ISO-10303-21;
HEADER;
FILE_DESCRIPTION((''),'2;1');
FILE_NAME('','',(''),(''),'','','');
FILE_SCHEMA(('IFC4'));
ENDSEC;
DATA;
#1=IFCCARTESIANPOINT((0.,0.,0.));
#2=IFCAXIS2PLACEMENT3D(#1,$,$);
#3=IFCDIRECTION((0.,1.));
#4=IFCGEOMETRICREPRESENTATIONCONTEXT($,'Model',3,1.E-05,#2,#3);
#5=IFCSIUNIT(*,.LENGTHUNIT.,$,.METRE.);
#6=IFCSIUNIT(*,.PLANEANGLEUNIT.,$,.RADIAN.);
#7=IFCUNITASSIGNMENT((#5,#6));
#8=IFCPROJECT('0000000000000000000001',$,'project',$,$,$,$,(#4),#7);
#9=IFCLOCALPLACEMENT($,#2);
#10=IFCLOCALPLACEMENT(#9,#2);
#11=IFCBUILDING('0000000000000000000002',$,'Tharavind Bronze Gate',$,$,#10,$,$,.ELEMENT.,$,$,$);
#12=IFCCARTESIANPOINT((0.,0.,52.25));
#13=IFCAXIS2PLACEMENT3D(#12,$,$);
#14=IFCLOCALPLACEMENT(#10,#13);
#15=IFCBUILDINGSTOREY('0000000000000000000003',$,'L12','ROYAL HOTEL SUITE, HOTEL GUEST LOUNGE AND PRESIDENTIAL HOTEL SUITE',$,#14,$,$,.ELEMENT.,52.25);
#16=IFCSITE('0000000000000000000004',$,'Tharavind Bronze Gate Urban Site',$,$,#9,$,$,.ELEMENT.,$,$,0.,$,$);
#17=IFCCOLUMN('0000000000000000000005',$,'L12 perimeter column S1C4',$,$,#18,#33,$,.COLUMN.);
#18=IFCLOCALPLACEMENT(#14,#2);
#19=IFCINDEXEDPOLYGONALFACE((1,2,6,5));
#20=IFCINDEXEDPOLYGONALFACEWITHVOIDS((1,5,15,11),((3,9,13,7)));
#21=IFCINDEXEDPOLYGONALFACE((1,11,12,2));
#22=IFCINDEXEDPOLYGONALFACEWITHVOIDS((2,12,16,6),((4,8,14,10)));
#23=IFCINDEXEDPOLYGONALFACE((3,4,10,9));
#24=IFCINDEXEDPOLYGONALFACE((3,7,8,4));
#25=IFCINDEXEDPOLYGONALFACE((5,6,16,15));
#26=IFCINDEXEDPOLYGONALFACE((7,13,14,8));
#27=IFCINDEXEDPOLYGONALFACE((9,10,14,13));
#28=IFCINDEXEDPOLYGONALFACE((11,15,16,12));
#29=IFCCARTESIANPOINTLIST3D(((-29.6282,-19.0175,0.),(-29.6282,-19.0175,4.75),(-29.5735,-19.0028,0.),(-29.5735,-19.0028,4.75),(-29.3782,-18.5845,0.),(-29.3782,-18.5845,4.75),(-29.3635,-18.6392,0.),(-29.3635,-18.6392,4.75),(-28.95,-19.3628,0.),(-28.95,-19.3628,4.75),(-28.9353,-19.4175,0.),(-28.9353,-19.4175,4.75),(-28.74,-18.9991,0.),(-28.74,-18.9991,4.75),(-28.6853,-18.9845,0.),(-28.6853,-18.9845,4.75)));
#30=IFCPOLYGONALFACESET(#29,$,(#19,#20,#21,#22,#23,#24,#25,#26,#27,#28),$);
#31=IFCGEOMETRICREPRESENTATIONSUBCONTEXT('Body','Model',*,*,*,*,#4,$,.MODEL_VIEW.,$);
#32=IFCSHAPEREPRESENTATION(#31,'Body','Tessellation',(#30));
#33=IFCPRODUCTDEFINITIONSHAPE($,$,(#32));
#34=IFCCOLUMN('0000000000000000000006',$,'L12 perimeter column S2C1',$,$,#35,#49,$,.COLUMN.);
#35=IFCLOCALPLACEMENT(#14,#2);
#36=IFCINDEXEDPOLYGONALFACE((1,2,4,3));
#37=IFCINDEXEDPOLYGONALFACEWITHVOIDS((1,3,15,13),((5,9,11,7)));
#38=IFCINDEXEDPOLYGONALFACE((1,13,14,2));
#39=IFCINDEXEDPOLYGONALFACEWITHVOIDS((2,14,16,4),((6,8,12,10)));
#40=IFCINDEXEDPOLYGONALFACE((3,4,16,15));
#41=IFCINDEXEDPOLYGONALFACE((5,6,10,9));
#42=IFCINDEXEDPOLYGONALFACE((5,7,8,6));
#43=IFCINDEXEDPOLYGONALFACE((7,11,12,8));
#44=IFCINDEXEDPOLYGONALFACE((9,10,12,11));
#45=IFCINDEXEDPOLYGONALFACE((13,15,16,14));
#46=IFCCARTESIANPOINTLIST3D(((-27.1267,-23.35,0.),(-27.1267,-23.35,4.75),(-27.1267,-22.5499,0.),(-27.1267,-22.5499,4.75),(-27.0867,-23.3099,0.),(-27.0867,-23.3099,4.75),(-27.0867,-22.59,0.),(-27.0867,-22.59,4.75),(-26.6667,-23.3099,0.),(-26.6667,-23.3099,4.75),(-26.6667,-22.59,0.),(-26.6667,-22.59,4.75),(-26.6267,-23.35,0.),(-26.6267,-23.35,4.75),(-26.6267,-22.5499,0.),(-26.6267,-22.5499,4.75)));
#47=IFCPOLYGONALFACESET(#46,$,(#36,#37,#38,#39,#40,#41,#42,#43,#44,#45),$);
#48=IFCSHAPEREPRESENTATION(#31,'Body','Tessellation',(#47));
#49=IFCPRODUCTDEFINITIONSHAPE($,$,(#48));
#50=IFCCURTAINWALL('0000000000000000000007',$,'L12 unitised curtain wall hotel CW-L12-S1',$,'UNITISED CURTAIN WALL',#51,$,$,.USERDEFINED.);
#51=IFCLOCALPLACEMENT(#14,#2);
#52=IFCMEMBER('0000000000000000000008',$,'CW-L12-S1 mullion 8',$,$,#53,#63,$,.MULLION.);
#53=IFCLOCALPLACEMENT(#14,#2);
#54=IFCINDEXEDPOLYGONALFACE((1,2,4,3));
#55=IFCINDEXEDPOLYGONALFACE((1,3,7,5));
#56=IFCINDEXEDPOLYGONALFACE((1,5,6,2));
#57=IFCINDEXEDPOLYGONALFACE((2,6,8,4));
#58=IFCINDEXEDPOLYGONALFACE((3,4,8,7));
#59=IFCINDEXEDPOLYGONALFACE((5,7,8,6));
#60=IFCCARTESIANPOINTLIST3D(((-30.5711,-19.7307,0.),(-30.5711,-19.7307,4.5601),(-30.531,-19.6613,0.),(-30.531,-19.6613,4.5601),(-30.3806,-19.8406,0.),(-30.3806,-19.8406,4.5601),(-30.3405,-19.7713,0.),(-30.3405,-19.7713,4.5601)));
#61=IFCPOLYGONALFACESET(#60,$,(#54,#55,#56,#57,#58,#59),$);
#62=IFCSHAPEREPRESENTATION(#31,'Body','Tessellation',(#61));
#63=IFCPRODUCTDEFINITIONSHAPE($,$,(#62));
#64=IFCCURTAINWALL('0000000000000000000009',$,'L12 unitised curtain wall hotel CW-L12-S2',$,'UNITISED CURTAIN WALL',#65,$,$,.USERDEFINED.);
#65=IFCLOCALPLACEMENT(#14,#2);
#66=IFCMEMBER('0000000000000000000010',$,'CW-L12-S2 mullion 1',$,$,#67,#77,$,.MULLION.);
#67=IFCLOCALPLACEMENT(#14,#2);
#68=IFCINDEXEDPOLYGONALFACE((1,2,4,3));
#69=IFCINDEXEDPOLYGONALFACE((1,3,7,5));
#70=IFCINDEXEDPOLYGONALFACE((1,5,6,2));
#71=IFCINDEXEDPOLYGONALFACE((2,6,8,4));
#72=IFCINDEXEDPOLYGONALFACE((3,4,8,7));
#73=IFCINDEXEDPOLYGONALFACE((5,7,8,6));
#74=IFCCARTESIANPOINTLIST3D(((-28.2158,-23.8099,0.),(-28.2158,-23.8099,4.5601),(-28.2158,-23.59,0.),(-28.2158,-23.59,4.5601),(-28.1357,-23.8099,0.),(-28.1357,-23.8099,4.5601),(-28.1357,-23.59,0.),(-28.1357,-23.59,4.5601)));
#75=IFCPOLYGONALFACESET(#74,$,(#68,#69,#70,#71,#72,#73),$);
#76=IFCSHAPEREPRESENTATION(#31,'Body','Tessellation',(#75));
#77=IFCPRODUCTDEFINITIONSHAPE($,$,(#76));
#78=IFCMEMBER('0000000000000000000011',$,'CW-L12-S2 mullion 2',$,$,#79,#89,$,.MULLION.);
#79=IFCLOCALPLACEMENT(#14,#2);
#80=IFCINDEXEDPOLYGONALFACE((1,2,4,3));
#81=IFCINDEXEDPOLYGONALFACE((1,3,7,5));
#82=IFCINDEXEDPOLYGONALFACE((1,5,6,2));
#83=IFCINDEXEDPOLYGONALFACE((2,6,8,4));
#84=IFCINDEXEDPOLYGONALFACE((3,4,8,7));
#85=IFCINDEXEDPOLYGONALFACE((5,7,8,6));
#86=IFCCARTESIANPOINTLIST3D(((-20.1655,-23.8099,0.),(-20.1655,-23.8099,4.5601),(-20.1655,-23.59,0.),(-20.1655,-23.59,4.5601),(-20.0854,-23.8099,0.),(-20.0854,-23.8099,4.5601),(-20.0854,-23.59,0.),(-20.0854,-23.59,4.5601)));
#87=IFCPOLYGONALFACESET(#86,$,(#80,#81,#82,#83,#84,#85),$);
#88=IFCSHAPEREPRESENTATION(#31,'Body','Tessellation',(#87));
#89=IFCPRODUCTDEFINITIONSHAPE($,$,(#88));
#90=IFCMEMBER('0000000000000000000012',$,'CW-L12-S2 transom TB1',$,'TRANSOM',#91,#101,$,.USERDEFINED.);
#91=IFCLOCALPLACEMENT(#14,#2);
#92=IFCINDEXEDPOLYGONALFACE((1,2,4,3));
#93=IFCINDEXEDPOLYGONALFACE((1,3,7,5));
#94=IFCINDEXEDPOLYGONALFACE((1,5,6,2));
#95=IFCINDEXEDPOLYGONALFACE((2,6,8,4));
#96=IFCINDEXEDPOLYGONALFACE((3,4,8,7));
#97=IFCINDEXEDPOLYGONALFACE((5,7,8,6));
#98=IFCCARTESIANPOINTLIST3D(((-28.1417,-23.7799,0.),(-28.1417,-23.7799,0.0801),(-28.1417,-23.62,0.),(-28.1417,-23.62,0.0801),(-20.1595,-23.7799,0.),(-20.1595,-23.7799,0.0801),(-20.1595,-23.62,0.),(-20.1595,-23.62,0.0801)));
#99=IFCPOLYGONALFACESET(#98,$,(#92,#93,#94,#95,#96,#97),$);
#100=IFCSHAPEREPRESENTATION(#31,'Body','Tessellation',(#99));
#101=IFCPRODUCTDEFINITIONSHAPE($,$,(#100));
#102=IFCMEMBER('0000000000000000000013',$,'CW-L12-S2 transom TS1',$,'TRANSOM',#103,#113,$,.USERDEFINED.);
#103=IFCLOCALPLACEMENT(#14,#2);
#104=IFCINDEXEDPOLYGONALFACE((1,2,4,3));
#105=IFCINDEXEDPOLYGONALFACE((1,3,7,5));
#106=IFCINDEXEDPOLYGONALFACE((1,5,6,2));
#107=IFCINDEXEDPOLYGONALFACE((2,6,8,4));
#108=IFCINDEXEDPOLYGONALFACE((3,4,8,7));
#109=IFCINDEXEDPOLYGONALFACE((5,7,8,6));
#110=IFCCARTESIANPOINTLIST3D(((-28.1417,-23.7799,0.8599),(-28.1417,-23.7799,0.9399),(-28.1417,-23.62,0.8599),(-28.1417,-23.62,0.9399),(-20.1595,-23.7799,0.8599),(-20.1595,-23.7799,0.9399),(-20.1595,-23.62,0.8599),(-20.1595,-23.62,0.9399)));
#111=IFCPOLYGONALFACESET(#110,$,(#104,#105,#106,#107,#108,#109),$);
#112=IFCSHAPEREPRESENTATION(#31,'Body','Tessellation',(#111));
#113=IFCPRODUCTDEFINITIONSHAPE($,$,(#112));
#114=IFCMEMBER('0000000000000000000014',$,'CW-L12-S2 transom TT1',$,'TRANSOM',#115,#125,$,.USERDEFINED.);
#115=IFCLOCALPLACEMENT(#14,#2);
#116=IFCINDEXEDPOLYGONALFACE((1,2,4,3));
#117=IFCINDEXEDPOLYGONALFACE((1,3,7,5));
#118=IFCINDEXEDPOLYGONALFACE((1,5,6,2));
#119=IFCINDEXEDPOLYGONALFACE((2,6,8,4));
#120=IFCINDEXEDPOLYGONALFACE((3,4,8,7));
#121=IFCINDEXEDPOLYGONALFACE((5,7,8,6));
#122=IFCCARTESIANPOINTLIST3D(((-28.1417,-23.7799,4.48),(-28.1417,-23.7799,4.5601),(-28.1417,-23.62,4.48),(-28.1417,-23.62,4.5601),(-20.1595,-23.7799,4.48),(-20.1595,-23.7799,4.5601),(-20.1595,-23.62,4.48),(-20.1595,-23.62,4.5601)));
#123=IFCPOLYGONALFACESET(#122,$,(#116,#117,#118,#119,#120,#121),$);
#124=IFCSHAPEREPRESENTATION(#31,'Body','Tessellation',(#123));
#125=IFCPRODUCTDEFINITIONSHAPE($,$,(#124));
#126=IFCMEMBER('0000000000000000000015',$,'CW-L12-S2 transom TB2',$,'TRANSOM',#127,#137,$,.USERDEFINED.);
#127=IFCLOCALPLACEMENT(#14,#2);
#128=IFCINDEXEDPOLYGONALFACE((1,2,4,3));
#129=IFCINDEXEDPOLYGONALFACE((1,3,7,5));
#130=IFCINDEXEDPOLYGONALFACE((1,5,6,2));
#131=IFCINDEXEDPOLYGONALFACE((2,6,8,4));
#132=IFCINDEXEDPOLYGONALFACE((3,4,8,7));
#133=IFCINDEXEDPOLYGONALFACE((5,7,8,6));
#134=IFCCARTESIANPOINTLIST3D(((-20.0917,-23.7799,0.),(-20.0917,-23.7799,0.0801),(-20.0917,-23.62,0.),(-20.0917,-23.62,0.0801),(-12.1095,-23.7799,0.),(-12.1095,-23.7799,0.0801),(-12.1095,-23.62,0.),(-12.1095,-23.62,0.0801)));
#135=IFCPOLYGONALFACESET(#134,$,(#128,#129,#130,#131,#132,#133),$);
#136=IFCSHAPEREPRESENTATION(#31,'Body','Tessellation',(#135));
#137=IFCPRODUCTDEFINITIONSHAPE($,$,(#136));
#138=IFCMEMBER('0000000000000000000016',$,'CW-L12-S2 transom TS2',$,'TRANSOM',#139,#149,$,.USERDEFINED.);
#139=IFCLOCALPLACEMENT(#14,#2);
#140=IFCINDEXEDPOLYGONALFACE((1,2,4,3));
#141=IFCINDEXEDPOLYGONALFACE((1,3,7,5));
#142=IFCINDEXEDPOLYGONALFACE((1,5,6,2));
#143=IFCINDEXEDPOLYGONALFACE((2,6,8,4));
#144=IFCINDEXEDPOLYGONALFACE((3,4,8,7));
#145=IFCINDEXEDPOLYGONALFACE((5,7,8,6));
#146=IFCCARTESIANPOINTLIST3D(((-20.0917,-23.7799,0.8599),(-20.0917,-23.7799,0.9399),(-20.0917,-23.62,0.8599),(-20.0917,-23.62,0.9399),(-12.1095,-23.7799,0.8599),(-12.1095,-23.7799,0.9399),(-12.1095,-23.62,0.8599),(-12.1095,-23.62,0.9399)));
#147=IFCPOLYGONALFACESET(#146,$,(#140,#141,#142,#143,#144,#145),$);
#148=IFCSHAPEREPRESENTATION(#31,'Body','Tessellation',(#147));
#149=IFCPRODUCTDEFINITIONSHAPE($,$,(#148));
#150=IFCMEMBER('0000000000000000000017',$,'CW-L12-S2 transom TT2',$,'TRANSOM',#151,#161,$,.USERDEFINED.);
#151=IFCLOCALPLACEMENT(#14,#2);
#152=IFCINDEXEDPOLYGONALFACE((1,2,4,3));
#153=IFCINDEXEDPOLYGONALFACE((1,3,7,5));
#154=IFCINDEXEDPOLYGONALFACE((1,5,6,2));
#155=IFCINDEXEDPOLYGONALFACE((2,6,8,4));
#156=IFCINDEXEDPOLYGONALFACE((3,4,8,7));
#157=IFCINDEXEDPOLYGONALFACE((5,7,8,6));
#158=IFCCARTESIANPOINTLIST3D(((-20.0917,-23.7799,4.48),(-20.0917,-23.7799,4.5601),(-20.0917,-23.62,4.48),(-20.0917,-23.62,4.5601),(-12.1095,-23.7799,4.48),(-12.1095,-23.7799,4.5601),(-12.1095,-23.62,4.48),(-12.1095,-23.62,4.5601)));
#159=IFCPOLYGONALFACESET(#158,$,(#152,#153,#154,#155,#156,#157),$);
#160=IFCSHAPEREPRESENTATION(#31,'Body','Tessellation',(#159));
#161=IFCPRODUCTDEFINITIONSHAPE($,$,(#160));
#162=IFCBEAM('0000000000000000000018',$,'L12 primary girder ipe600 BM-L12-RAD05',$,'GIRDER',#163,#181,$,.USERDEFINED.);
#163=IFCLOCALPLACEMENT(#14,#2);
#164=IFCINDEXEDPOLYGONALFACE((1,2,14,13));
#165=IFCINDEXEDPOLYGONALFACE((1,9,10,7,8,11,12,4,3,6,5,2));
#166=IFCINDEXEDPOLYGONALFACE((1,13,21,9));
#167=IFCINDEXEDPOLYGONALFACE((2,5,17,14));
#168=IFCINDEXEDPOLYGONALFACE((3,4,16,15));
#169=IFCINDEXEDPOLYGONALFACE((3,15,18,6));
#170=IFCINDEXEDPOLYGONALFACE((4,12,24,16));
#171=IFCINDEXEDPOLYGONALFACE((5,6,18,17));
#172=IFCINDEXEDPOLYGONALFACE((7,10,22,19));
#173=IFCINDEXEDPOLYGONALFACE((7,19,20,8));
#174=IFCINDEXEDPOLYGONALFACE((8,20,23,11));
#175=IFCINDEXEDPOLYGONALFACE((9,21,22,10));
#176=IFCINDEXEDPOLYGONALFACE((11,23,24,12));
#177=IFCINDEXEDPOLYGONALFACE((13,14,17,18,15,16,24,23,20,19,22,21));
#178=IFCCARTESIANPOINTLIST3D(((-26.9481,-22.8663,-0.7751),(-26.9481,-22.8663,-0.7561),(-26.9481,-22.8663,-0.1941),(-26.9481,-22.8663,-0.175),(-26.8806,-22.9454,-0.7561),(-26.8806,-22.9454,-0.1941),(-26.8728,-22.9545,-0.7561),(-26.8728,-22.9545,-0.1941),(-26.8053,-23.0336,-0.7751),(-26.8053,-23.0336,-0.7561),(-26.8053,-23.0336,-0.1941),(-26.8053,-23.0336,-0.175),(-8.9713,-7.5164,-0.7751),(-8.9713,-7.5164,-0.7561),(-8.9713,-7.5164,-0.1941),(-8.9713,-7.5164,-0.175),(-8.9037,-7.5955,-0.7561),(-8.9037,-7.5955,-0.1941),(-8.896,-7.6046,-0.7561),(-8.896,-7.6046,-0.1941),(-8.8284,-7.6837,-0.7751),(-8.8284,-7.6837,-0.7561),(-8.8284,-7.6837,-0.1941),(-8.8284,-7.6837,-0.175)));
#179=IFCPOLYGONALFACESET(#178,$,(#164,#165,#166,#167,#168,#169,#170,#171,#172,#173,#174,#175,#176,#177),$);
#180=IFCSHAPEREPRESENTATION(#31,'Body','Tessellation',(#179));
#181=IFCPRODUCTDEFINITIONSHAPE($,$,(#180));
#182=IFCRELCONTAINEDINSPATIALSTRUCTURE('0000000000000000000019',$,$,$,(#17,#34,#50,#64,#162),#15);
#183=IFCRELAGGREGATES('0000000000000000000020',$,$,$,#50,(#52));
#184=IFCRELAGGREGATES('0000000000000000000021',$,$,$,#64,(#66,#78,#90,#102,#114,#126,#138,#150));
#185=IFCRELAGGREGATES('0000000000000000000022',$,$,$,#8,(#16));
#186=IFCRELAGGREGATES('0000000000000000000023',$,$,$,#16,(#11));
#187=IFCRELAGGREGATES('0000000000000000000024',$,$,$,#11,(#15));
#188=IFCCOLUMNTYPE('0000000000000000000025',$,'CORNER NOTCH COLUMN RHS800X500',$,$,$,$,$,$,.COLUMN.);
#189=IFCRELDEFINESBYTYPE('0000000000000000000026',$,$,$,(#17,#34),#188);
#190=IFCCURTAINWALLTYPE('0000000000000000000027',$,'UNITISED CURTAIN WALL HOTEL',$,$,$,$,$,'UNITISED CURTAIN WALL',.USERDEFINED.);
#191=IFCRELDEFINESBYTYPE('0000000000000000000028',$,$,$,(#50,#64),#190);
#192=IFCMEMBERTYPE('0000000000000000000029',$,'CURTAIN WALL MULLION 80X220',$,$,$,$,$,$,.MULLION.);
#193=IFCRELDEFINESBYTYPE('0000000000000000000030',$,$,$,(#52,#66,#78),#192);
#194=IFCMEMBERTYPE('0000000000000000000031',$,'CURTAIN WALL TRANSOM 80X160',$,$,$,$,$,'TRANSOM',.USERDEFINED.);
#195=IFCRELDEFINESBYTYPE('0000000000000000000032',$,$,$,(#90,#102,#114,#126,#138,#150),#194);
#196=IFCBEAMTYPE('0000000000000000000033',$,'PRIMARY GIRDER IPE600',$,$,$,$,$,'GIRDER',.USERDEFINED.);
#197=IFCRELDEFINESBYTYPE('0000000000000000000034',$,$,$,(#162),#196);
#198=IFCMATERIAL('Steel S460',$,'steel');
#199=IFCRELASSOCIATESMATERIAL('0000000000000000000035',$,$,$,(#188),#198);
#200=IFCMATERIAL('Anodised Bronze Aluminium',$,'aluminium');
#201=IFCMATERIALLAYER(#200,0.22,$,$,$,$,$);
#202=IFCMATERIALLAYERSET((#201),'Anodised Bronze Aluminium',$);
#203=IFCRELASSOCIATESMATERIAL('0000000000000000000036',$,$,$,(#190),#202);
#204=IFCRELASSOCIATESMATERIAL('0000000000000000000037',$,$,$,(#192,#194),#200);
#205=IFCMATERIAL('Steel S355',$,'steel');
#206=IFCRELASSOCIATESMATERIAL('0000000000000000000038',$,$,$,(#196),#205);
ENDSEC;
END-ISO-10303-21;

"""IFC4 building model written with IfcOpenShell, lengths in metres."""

from ifc_helpers import new_model, si_unit, direction, frame, origin, origin_2d, place, context, subcontext, project, spatial, rectangle, hollow_rectangle, i_section, extrude, material, layer, layer_set, material_profile, profile_set, type_object, element, aggregate, save


model = new_model("IFC4")

# Units and contexts
model_context = context("Model", 3, precision=1e-05, world=origin(), true_north=direction((0.0, 1.0)))
body_context = subcontext(model_context, "Body", "Model", "MODEL_VIEW")
ifc_project = project(units=[si_unit("LENGTHUNIT", "METRE"), si_unit("PLANEANGLEUNIT", "RADIAN")], contexts=[model_context])

# Site, building, storey
site_placement = place(None, origin())
site = spatial("IfcSite", under=ifc_project, at=site_placement, Name="Tharavind Bronze Gate Urban Site", CompositionType="ELEMENT", RefElevation=0.0)
building_placement = place(site_placement, origin())
building = spatial("IfcBuilding", under=site, at=building_placement, Name="Tharavind Bronze Gate", CompositionType="ELEMENT")
storey_placement = place(building_placement, frame((0.0, 0.0, 52.25)))
storey = spatial("IfcBuildingStorey", under=building, at=storey_placement, Name="L12", Description="ROYAL HOTEL SUITE, HOTEL GUEST LOUNGE AND PRESIDENTIAL HOTEL SUITE", CompositionType="ELEMENT", Elevation=52.25)

# Columns
ifc_material_1 = material(Name="Steel S460", Category="steel")
ifc_material_profile_1 = material_profile(ifc_material_1, hollow_rectangle(XDim=0.5, YDim=0.8, WallThickness=0.04, at=origin_2d()), Name="RHS800X500X40")
ifc_profile_set_1 = profile_set([ifc_material_profile_1], Name="Steel S460")
column_type = type_object("IfcColumnType", Name="CORNER NOTCH COLUMN RHS800X500", PredefinedType="COLUMN", material=ifc_profile_set_1)
for number, where, z_axis, x_axis, name in (
    (1, (-29.1567, -19.001, 0.0), (0.0, 0.0, 1.0), (0.500002, 0.866025, 0.0), "L12 perimeter column S1C4"),
    (2, (-26.8767, -22.95, 0.0), (0.0, 0.0, 1.0), (1.0, 0.0, 0.0), "L12 perimeter column S2C1"),
):
    element("IfcColumn", number, at=place(storey_placement, frame(where, z_axis=z_axis, x_axis=x_axis)), inside=storey, type_object=column_type, Name=name, PredefinedType="COLUMN", context=body_context, shape_type="SweptSolid", body=[
        extrude(hollow_rectangle(XDim=0.5, YDim=0.8, WallThickness=0.04, at=origin_2d()), origin(), (0.0, 0.0, 1.0), 4.75),
    ])

# Curtain wall, member
ifc_material_2 = material(Name="Anodised Bronze Aluminium", Category="aluminium")
ifc_layer_1 = layer(ifc_material_2, 0.22)
ifc_layer_set_1 = layer_set([ifc_layer_1], Name="Anodised Bronze Aluminium")
curtain_wall_type = type_object("IfcCurtainWallType", Name="UNITISED CURTAIN WALL HOTEL", ElementType="UNITISED CURTAIN WALL", PredefinedType="USERDEFINED", material=ifc_layer_set_1)
curtain_wall_1_placement = place(storey_placement, origin())
curtain_wall_1 = element("IfcCurtainWall", 3, at=curtain_wall_1_placement, inside=storey, type_object=curtain_wall_type, Name="L12 unitised curtain wall hotel CW-L12-S1", ObjectType="UNITISED CURTAIN WALL", PredefinedType="USERDEFINED")
member_type_1 = type_object("IfcMemberType", Name="CURTAIN WALL MULLION 80X220", PredefinedType="MULLION", material=ifc_material_2)
member_1_placement = place(storey_placement, frame((-30.4558, -19.751, 0.0), z_axis=(0.0, 0.0, 1.0), x_axis=(-0.500002, -0.866025, 0.0)))
member_1 = element("IfcMember", 4, at=member_1_placement, type_object=member_type_1, Name="CW-L12-S1 mullion 8", PredefinedType="MULLION", context=body_context, shape_type="SweptSolid", body=[
    extrude(rectangle(XDim=0.0801, YDim=0.22, at=origin_2d()), origin(), (0.0, 0.0, 1.0), 4.5601),
])
aggregate(curtain_wall_1, [member_1])

# Curtain wall, members
curtain_wall_2_placement = place(storey_placement, origin())
curtain_wall_2 = element("IfcCurtainWall", 5, at=curtain_wall_2_placement, inside=storey, type_object=curtain_wall_type, Name="L12 unitised curtain wall hotel CW-L12-S2", ObjectType="UNITISED CURTAIN WALL", PredefinedType="USERDEFINED")
member_2_placement = place(storey_placement, frame((-28.1758, -23.7, 0.0), z_axis=(0.0, 0.0, 1.0), x_axis=(1.0, 0.0, 0.0)))
member_2 = element("IfcMember", 6, at=member_2_placement, type_object=member_type_1, Name="CW-L12-S2 mullion 1", PredefinedType="MULLION", context=body_context, shape_type="SweptSolid", body=[
    extrude(rectangle(XDim=0.0801, YDim=0.22, at=origin_2d()), origin(), (0.0, 0.0, 1.0), 4.5601),
])
member_3_placement = place(storey_placement, frame((-20.1255, -23.7, 0.0), z_axis=(0.0, 0.0, 1.0), x_axis=(1.0, 0.0, 0.0)))
member_3 = element("IfcMember", 7, at=member_3_placement, type_object=member_type_1, Name="CW-L12-S2 mullion 2", PredefinedType="MULLION", context=body_context, shape_type="SweptSolid", body=[
    extrude(rectangle(XDim=0.0801, YDim=0.22, at=origin_2d()), origin(), (0.0, 0.0, 1.0), 4.5601),
])
member_type_2 = type_object("IfcMemberType", Name="CURTAIN WALL TRANSOM 80X160", ElementType="TRANSOM", PredefinedType="USERDEFINED", material=ifc_material_2)
member_4_placement = place(storey_placement, frame((-24.1506, -23.7, 0.0), z_axis=(0.0, 0.0, 1.0), x_axis=(1.0, 0.0, 0.0)))
member_4 = element("IfcMember", 8, at=member_4_placement, type_object=member_type_2, Name="CW-L12-S2 transom TB1", ObjectType="TRANSOM", PredefinedType="USERDEFINED", context=body_context, shape_type="SweptSolid", body=[
    extrude(rectangle(XDim=7.9822, YDim=0.1599, at=origin_2d()), origin(), (0.0, 0.0, 1.0), 0.0801),
])
member_5_placement = place(storey_placement, frame((-24.1506, -23.7, 0.8599), z_axis=(0.0, 0.0, 1.0), x_axis=(1.0, 0.0, 0.0)))
member_5 = element("IfcMember", 9, at=member_5_placement, type_object=member_type_2, Name="CW-L12-S2 transom TS1", ObjectType="TRANSOM", PredefinedType="USERDEFINED", context=body_context, shape_type="SweptSolid", body=[
    extrude(rectangle(XDim=7.9822, YDim=0.1599, at=origin_2d()), origin(), (0.0, 0.0, 1.0), 0.0801),
])
member_6_placement = place(storey_placement, frame((-24.1506, -23.7, 4.48), z_axis=(0.0, 0.0, 1.0), x_axis=(1.0, 0.0, 0.0)))
member_6 = element("IfcMember", 10, at=member_6_placement, type_object=member_type_2, Name="CW-L12-S2 transom TT1", ObjectType="TRANSOM", PredefinedType="USERDEFINED", context=body_context, shape_type="SweptSolid", body=[
    extrude(rectangle(XDim=7.9822, YDim=0.1599, at=origin_2d()), origin(), (0.0, 0.0, 1.0), 0.0801),
])
member_7_placement = place(storey_placement, frame((-16.1006, -23.7, 0.0), z_axis=(0.0, 0.0, 1.0), x_axis=(1.0, 0.0, 0.0)))
member_7 = element("IfcMember", 11, at=member_7_placement, type_object=member_type_2, Name="CW-L12-S2 transom TB2", ObjectType="TRANSOM", PredefinedType="USERDEFINED", context=body_context, shape_type="SweptSolid", body=[
    extrude(rectangle(XDim=7.9822, YDim=0.1599, at=origin_2d()), origin(), (0.0, 0.0, 1.0), 0.0801),
])
member_8_placement = place(storey_placement, frame((-16.1006, -23.7, 0.8599), z_axis=(0.0, 0.0, 1.0), x_axis=(1.0, 0.0, 0.0)))
member_8 = element("IfcMember", 12, at=member_8_placement, type_object=member_type_2, Name="CW-L12-S2 transom TS2", ObjectType="TRANSOM", PredefinedType="USERDEFINED", context=body_context, shape_type="SweptSolid", body=[
    extrude(rectangle(XDim=7.9822, YDim=0.1599, at=origin_2d()), origin(), (0.0, 0.0, 1.0), 0.0801),
])
member_9_placement = place(storey_placement, frame((-16.1006, -23.7, 4.48), z_axis=(0.0, 0.0, 1.0), x_axis=(1.0, 0.0, 0.0)))
member_9 = element("IfcMember", 13, at=member_9_placement, type_object=member_type_2, Name="CW-L12-S2 transom TT2", ObjectType="TRANSOM", PredefinedType="USERDEFINED", context=body_context, shape_type="SweptSolid", body=[
    extrude(rectangle(XDim=7.9822, YDim=0.1599, at=origin_2d()), origin(), (0.0, 0.0, 1.0), 0.0801),
])

# Beam
ifc_material_3 = material(Name="Steel S355", Category="steel")
ifc_material_profile_2 = material_profile(ifc_material_3, i_section(OverallWidth=0.22, OverallDepth=0.6001, WebThickness=0.012, FlangeThickness=0.019, at=origin_2d()), Name="IPE600")
ifc_profile_set_2 = profile_set([ifc_material_profile_2], Name="Steel S355")
beam_type_1 = type_object("IfcBeamType", Name="PRIMARY GIRDER IPE600", ElementType="GIRDER", PredefinedType="USERDEFINED", material=ifc_profile_set_2)
beam_1_placement = place(storey_placement, frame((-26.8767, -22.95, -0.4751), z_axis=(0.760485, 0.649355, 0.0), x_axis=(-0.649355, 0.760485, 0.0)))
element("IfcBeam", 14, at=beam_1_placement, inside=storey, type_object=beam_type_1, Name="L12 primary girder ipe600 BM-L12-RAD05", ObjectType="GIRDER", PredefinedType="USERDEFINED", context=body_context, shape_type="SweptSolid", body=[
    extrude(i_section(OverallWidth=0.22, OverallDepth=0.6001, WebThickness=0.012, FlangeThickness=0.019, at=origin_2d()), origin(), (0.0, 0.0, 1.0), 23.6387),
])

aggregate(curtain_wall_2, [member_2, member_3, member_4, member_5, member_6, member_7, member_8, member_9])

save(model, "model.ifc")
